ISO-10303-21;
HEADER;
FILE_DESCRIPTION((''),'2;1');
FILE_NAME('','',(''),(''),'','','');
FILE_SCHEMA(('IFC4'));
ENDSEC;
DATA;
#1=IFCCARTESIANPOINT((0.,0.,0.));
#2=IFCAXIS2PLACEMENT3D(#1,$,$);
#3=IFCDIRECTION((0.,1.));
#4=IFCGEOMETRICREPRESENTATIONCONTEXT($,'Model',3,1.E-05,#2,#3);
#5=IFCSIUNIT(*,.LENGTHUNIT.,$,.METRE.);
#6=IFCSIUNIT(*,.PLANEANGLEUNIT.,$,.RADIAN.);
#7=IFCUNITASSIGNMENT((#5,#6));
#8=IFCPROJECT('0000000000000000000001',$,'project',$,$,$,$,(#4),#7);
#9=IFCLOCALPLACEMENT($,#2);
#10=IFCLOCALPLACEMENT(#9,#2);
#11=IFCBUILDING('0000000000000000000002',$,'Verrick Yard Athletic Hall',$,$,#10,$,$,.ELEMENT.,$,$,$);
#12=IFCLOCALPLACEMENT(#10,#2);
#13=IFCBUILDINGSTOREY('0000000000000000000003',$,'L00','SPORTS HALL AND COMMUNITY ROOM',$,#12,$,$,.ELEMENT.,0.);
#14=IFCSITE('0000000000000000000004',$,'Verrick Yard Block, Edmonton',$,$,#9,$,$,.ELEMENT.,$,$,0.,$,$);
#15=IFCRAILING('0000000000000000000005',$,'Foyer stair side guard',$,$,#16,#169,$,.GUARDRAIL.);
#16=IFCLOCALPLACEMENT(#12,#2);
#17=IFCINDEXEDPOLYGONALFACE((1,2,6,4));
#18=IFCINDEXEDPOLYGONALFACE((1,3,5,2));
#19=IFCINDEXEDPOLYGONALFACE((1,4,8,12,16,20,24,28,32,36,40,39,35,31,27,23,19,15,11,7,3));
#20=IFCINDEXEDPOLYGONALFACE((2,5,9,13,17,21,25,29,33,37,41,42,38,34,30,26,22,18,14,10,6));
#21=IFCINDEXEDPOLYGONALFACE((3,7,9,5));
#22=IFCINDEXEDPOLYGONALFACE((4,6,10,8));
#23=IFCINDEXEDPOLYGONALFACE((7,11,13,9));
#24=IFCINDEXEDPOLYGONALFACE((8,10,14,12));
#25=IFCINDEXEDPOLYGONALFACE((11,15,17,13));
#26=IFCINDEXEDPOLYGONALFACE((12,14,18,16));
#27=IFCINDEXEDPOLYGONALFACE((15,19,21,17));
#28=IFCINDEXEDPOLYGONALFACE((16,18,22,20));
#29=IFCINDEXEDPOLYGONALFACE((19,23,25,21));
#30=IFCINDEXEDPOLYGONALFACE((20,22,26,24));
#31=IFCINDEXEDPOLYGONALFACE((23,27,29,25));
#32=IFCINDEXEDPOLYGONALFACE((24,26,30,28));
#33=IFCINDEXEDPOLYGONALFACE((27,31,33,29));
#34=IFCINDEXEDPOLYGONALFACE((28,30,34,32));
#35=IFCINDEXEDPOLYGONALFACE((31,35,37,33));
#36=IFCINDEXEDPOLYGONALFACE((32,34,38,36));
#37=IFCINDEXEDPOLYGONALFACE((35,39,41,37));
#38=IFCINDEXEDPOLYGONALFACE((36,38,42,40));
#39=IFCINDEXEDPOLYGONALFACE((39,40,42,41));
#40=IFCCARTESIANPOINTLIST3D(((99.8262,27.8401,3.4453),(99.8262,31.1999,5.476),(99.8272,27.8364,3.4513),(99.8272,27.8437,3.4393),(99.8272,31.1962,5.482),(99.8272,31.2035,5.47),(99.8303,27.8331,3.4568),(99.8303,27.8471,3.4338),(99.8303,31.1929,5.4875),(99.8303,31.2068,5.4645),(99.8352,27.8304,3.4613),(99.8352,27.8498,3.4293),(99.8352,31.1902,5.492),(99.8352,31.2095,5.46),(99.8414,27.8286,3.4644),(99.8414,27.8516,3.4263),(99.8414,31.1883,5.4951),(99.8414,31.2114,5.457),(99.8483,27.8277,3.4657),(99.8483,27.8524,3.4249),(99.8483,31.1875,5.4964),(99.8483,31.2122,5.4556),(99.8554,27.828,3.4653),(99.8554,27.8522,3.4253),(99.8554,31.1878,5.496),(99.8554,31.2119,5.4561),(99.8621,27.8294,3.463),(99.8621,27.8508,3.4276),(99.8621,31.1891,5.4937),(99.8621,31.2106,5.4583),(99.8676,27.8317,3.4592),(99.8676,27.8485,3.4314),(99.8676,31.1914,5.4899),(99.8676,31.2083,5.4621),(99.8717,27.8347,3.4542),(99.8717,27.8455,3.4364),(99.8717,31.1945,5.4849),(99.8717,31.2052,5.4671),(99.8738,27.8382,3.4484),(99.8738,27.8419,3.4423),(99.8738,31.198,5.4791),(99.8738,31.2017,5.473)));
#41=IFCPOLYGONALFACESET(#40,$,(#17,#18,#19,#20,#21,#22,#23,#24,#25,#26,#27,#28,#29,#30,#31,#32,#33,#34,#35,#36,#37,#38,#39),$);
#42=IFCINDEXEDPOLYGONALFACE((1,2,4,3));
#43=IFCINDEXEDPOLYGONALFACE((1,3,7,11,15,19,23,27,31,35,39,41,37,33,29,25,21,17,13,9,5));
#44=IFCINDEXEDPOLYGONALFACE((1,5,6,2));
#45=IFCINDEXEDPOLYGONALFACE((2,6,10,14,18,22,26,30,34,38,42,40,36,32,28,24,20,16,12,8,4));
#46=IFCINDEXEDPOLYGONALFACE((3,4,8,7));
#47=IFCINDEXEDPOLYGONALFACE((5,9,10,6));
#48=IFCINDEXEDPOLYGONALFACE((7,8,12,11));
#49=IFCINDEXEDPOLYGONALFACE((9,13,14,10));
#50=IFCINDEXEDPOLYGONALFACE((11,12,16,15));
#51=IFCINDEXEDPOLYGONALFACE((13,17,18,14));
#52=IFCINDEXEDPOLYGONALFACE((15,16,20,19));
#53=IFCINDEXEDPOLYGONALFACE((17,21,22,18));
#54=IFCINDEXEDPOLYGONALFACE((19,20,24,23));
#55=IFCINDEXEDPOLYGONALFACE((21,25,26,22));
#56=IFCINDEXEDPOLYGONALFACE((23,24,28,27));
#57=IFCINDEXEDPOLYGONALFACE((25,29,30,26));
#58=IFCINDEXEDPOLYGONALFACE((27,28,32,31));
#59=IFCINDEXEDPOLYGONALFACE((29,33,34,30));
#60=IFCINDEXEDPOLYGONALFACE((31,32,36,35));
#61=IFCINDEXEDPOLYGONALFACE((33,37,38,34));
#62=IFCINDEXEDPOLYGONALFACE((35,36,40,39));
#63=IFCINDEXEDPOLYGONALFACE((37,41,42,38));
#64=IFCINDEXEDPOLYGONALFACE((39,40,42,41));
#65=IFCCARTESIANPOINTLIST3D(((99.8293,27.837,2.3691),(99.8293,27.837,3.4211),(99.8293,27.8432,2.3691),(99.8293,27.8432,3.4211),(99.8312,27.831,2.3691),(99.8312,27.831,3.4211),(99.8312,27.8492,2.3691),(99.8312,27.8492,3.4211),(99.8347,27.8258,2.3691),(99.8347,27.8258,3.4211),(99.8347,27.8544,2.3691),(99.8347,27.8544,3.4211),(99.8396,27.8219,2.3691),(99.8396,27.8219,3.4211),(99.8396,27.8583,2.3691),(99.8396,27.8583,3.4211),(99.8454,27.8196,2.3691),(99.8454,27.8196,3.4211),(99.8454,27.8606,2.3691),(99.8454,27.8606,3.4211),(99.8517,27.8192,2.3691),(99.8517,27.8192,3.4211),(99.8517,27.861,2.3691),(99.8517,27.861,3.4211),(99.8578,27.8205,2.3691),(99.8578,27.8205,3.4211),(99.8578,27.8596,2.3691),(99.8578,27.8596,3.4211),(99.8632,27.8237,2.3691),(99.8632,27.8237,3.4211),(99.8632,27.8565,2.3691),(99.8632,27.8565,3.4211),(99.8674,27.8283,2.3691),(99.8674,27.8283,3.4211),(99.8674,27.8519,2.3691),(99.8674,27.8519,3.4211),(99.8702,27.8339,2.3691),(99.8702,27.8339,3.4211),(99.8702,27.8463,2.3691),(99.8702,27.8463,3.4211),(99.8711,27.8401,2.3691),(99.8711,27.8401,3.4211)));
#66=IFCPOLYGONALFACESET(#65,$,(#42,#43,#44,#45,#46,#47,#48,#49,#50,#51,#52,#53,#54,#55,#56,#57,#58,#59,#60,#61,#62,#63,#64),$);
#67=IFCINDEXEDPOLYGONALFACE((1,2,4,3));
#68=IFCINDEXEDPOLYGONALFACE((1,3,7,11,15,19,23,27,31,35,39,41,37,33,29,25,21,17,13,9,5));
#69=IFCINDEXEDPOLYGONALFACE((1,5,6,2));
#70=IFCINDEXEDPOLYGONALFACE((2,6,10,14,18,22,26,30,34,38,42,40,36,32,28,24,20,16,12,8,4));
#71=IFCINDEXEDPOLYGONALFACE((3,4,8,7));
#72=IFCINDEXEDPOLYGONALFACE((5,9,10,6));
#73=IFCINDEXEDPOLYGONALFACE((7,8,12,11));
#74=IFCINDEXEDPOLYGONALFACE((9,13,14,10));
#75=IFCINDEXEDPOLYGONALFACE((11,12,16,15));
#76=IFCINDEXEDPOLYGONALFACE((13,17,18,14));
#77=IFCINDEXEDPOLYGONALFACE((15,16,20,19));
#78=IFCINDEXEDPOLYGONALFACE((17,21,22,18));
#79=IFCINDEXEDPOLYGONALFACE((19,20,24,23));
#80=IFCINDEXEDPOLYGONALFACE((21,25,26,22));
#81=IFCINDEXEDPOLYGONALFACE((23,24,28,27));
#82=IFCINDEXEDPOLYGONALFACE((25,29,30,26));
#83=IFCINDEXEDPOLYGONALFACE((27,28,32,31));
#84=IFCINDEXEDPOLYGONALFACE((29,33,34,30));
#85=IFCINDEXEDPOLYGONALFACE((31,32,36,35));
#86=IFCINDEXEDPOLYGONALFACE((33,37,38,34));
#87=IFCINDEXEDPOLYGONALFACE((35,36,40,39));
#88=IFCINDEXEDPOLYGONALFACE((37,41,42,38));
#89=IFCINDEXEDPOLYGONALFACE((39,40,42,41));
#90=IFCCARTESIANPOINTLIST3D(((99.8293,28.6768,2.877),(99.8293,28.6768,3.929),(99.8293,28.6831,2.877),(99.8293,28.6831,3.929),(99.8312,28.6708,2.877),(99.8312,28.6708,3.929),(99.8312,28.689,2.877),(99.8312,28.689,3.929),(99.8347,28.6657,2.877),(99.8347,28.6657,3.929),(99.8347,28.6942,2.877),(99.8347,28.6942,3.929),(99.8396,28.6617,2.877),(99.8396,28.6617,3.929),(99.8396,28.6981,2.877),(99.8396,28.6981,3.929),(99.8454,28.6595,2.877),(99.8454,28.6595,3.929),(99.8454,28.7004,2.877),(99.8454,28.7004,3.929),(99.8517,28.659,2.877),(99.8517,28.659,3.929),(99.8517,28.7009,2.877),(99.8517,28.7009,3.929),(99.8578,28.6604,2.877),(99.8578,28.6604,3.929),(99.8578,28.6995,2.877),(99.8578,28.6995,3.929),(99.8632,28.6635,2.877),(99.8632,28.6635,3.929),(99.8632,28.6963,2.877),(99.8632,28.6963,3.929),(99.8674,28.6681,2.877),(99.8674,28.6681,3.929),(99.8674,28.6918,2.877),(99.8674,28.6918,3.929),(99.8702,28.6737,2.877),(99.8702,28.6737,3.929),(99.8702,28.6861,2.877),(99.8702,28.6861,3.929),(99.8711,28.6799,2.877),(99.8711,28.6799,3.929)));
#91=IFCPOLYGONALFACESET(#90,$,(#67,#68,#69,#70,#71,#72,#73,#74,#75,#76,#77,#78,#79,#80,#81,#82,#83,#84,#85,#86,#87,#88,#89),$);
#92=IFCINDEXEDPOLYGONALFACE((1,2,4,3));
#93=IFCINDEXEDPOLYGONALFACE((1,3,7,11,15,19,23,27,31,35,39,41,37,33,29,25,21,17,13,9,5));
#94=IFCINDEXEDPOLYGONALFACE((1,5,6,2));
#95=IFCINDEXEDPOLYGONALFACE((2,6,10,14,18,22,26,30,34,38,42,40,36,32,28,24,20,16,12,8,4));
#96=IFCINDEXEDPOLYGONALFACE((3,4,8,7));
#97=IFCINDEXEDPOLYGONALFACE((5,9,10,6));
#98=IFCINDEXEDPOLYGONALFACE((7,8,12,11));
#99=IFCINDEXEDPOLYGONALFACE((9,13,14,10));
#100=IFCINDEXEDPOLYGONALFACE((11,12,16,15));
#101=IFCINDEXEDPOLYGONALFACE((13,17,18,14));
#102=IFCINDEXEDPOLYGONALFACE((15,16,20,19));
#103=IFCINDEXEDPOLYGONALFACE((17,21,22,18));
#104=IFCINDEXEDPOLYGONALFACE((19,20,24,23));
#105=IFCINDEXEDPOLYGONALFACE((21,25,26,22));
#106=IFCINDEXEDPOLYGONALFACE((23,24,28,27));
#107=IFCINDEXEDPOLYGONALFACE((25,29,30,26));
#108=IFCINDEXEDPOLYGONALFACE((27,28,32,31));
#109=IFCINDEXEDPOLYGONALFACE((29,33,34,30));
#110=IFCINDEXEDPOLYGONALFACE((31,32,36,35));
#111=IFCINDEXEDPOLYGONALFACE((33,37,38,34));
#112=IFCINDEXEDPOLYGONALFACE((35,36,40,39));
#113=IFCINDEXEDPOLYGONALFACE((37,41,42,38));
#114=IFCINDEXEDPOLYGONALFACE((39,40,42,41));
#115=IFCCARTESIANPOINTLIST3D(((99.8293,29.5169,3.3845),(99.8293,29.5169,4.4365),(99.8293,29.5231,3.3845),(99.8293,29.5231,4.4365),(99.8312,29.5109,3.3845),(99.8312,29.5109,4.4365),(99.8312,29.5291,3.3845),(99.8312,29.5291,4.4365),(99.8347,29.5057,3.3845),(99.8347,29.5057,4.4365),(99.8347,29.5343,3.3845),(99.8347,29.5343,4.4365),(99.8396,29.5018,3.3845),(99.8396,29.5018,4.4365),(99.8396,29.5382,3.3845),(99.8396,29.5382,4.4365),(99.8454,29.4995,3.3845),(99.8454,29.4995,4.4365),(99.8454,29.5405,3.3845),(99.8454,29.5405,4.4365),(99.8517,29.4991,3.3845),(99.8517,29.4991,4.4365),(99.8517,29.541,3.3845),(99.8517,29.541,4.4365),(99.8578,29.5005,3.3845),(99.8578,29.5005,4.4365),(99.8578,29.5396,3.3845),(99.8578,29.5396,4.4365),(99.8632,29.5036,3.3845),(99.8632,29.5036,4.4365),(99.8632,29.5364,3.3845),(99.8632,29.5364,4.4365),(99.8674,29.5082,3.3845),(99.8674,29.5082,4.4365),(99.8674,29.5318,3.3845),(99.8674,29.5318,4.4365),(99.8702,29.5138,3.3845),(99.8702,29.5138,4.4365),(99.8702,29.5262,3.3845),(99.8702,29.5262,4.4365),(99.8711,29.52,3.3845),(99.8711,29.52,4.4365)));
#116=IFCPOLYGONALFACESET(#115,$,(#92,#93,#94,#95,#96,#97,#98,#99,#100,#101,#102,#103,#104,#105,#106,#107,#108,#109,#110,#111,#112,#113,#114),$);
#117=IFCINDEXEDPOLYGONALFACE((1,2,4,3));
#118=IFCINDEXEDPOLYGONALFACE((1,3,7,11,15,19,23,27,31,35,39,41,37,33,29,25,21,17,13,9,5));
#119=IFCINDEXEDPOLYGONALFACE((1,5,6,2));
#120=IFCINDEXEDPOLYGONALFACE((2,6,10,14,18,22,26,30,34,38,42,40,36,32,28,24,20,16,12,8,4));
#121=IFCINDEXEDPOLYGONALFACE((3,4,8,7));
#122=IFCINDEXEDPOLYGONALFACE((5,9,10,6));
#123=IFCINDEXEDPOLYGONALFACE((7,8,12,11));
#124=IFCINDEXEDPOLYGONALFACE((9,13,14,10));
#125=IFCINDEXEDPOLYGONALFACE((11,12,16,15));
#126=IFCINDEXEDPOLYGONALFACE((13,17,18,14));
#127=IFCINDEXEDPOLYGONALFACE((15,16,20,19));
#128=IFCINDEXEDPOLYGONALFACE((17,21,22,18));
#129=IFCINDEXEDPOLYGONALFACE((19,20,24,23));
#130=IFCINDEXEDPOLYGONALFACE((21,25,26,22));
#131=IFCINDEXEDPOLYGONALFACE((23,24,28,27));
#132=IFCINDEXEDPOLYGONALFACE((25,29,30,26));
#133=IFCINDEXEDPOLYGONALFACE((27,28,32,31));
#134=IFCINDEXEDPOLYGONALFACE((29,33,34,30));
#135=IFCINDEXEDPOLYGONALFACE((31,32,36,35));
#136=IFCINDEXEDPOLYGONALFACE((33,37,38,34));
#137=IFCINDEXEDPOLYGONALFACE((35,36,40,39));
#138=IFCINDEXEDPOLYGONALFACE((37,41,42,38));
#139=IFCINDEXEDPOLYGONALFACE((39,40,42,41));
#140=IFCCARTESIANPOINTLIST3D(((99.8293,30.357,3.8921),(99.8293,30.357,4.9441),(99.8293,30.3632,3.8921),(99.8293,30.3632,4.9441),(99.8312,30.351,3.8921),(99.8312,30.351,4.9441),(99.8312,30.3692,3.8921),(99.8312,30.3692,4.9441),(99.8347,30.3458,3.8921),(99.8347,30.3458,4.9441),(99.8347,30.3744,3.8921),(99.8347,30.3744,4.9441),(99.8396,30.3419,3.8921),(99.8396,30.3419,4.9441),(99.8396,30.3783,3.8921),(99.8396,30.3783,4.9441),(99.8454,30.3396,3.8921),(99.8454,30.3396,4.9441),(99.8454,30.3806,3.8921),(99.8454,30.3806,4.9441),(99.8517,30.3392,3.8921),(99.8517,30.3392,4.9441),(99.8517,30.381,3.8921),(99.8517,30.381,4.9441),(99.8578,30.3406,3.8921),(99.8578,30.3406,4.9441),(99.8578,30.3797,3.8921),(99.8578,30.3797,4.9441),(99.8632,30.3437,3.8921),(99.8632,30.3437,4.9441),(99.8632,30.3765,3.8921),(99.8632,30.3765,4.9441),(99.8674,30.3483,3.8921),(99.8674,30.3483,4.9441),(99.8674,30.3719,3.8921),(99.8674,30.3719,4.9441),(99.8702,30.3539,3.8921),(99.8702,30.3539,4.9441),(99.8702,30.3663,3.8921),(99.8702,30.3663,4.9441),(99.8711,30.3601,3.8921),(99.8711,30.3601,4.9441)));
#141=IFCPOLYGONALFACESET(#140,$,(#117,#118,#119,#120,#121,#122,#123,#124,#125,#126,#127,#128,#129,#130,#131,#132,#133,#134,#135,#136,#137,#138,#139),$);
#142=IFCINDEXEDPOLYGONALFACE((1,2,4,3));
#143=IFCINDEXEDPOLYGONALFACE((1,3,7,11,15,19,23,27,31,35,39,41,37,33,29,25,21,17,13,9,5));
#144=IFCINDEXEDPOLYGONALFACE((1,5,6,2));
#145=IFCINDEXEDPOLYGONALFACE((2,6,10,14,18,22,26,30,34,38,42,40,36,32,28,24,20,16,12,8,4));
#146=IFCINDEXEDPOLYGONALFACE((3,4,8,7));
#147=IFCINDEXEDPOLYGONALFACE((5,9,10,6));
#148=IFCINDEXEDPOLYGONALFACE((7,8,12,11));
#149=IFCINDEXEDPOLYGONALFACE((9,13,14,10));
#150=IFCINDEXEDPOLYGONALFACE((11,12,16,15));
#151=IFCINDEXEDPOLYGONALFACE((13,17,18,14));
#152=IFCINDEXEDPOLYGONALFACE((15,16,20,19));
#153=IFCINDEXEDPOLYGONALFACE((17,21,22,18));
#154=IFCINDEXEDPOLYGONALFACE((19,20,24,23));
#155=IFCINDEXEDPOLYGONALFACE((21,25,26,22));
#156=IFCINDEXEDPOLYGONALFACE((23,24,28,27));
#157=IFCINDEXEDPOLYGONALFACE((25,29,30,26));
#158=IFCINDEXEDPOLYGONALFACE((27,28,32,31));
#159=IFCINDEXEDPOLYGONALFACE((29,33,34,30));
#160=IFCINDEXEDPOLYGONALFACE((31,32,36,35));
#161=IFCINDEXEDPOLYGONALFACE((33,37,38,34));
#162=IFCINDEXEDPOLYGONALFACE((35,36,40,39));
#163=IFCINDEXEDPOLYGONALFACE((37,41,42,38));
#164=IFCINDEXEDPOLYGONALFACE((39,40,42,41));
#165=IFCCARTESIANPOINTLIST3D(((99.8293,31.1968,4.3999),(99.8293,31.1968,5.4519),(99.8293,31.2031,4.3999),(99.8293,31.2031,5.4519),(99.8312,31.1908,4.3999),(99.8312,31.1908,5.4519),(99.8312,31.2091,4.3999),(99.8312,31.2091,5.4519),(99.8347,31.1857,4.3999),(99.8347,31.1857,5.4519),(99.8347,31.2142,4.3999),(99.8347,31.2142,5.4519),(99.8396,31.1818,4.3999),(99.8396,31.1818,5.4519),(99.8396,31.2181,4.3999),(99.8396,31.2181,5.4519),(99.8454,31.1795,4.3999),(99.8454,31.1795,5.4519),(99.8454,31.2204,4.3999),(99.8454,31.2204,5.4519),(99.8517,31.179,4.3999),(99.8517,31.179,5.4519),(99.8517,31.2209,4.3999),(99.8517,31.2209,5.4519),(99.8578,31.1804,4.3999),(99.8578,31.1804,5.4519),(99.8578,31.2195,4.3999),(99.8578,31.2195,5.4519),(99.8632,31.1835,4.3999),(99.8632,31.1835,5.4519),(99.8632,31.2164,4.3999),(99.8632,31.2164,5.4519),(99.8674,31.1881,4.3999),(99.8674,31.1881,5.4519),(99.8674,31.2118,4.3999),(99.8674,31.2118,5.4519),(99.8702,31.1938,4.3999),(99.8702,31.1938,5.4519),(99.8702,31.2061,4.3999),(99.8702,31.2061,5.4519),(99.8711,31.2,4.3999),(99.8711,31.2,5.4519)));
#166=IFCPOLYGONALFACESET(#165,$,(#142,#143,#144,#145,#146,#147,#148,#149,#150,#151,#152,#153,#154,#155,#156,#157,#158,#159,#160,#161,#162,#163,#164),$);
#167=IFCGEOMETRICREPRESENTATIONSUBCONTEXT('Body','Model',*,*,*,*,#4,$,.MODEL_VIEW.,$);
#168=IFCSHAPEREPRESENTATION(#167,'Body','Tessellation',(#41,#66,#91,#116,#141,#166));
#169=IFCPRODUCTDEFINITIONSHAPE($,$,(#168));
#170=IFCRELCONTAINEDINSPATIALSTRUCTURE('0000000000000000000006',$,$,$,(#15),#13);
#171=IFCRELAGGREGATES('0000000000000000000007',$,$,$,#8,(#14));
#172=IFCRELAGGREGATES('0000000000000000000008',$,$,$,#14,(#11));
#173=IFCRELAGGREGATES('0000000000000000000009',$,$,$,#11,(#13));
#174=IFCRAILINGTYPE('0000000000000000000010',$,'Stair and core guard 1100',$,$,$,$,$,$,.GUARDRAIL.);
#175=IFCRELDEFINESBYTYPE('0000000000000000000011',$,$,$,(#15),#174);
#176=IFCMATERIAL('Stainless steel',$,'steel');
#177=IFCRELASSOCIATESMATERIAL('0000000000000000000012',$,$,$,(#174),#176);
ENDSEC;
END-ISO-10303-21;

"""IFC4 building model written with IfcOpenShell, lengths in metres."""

from ifc_helpers import new_model, si_unit, direction, frame, origin, origin_2d, place, context, subcontext, project, spatial, circle, extrude, material, type_object, element, save


model = new_model("IFC4")

# Units and contexts
model_context = context("Model", 3, precision=1e-05, world=origin(), true_north=direction((0.0, 1.0)))
body_context = subcontext(model_context, "Body", "Model", "MODEL_VIEW")
ifc_project = project(units=[si_unit("LENGTHUNIT", "METRE"), si_unit("PLANEANGLEUNIT", "RADIAN")], contexts=[model_context])

# Site, building, storey
site_placement = place(None, origin())
site = spatial("IfcSite", under=ifc_project, at=site_placement, Name="Verrick Yard Block, Edmonton", CompositionType="ELEMENT", RefElevation=0.0)
building_placement = place(site_placement, origin())
building = spatial("IfcBuilding", under=site, at=building_placement, Name="Verrick Yard Athletic Hall", CompositionType="ELEMENT")
storey_placement = place(building_placement, origin())
storey = spatial("IfcBuildingStorey", under=building, at=storey_placement, Name="L00", Description="SPORTS HALL AND COMMUNITY ROOM", CompositionType="ELEMENT", Elevation=0.0)

# Railing
ifc_material_1 = material(Name="Stainless steel", Category="steel")
railing_type = type_object("IfcRailingType", Name="Stair and core guard 1100", PredefinedType="GUARDRAIL", material=ifc_material_1)
railing_placement = place(storey_placement, frame((99.8501, 27.8401, 2.3691)))
element("IfcRailing", 1, at=railing_placement, inside=storey, type_object=railing_type, Name="Foyer stair side guard", PredefinedType="GUARDRAIL", context=body_context, shape_type="SweptSolid", body=[
    extrude(circle(Radius=0.0239, at=origin_2d()), frame((0.0, 0.0, 1.0762), z_axis=(0.0, 0.85582, 0.517273), x_axis=(-1.0, 0.0, 0.0)), (0.0, 0.0, 1.0), 3.9258),
    extrude(circle(Radius=0.021, at=origin_2d()), origin(), (0.0, 0.0, 1.0), 1.052),
    extrude(circle(Radius=0.021, at=origin_2d()), frame((0.0, 0.8398, 0.5078)), (0.0, 0.0, 1.0), 1.052),
    extrude(circle(Radius=0.021, at=origin_2d()), frame((0.0, 1.6799, 1.0154)), (0.0, 0.0, 1.0), 1.052),
    extrude(circle(Radius=0.021, at=origin_2d()), frame((0.0, 2.52, 1.5229)), (0.0, 0.0, 1.0), 1.052),
    extrude(circle(Radius=0.021, at=origin_2d()), frame((0.0, 3.3599, 2.0308)), (0.0, 0.0, 1.0), 1.052),
])

save(model, "model.ifc")
